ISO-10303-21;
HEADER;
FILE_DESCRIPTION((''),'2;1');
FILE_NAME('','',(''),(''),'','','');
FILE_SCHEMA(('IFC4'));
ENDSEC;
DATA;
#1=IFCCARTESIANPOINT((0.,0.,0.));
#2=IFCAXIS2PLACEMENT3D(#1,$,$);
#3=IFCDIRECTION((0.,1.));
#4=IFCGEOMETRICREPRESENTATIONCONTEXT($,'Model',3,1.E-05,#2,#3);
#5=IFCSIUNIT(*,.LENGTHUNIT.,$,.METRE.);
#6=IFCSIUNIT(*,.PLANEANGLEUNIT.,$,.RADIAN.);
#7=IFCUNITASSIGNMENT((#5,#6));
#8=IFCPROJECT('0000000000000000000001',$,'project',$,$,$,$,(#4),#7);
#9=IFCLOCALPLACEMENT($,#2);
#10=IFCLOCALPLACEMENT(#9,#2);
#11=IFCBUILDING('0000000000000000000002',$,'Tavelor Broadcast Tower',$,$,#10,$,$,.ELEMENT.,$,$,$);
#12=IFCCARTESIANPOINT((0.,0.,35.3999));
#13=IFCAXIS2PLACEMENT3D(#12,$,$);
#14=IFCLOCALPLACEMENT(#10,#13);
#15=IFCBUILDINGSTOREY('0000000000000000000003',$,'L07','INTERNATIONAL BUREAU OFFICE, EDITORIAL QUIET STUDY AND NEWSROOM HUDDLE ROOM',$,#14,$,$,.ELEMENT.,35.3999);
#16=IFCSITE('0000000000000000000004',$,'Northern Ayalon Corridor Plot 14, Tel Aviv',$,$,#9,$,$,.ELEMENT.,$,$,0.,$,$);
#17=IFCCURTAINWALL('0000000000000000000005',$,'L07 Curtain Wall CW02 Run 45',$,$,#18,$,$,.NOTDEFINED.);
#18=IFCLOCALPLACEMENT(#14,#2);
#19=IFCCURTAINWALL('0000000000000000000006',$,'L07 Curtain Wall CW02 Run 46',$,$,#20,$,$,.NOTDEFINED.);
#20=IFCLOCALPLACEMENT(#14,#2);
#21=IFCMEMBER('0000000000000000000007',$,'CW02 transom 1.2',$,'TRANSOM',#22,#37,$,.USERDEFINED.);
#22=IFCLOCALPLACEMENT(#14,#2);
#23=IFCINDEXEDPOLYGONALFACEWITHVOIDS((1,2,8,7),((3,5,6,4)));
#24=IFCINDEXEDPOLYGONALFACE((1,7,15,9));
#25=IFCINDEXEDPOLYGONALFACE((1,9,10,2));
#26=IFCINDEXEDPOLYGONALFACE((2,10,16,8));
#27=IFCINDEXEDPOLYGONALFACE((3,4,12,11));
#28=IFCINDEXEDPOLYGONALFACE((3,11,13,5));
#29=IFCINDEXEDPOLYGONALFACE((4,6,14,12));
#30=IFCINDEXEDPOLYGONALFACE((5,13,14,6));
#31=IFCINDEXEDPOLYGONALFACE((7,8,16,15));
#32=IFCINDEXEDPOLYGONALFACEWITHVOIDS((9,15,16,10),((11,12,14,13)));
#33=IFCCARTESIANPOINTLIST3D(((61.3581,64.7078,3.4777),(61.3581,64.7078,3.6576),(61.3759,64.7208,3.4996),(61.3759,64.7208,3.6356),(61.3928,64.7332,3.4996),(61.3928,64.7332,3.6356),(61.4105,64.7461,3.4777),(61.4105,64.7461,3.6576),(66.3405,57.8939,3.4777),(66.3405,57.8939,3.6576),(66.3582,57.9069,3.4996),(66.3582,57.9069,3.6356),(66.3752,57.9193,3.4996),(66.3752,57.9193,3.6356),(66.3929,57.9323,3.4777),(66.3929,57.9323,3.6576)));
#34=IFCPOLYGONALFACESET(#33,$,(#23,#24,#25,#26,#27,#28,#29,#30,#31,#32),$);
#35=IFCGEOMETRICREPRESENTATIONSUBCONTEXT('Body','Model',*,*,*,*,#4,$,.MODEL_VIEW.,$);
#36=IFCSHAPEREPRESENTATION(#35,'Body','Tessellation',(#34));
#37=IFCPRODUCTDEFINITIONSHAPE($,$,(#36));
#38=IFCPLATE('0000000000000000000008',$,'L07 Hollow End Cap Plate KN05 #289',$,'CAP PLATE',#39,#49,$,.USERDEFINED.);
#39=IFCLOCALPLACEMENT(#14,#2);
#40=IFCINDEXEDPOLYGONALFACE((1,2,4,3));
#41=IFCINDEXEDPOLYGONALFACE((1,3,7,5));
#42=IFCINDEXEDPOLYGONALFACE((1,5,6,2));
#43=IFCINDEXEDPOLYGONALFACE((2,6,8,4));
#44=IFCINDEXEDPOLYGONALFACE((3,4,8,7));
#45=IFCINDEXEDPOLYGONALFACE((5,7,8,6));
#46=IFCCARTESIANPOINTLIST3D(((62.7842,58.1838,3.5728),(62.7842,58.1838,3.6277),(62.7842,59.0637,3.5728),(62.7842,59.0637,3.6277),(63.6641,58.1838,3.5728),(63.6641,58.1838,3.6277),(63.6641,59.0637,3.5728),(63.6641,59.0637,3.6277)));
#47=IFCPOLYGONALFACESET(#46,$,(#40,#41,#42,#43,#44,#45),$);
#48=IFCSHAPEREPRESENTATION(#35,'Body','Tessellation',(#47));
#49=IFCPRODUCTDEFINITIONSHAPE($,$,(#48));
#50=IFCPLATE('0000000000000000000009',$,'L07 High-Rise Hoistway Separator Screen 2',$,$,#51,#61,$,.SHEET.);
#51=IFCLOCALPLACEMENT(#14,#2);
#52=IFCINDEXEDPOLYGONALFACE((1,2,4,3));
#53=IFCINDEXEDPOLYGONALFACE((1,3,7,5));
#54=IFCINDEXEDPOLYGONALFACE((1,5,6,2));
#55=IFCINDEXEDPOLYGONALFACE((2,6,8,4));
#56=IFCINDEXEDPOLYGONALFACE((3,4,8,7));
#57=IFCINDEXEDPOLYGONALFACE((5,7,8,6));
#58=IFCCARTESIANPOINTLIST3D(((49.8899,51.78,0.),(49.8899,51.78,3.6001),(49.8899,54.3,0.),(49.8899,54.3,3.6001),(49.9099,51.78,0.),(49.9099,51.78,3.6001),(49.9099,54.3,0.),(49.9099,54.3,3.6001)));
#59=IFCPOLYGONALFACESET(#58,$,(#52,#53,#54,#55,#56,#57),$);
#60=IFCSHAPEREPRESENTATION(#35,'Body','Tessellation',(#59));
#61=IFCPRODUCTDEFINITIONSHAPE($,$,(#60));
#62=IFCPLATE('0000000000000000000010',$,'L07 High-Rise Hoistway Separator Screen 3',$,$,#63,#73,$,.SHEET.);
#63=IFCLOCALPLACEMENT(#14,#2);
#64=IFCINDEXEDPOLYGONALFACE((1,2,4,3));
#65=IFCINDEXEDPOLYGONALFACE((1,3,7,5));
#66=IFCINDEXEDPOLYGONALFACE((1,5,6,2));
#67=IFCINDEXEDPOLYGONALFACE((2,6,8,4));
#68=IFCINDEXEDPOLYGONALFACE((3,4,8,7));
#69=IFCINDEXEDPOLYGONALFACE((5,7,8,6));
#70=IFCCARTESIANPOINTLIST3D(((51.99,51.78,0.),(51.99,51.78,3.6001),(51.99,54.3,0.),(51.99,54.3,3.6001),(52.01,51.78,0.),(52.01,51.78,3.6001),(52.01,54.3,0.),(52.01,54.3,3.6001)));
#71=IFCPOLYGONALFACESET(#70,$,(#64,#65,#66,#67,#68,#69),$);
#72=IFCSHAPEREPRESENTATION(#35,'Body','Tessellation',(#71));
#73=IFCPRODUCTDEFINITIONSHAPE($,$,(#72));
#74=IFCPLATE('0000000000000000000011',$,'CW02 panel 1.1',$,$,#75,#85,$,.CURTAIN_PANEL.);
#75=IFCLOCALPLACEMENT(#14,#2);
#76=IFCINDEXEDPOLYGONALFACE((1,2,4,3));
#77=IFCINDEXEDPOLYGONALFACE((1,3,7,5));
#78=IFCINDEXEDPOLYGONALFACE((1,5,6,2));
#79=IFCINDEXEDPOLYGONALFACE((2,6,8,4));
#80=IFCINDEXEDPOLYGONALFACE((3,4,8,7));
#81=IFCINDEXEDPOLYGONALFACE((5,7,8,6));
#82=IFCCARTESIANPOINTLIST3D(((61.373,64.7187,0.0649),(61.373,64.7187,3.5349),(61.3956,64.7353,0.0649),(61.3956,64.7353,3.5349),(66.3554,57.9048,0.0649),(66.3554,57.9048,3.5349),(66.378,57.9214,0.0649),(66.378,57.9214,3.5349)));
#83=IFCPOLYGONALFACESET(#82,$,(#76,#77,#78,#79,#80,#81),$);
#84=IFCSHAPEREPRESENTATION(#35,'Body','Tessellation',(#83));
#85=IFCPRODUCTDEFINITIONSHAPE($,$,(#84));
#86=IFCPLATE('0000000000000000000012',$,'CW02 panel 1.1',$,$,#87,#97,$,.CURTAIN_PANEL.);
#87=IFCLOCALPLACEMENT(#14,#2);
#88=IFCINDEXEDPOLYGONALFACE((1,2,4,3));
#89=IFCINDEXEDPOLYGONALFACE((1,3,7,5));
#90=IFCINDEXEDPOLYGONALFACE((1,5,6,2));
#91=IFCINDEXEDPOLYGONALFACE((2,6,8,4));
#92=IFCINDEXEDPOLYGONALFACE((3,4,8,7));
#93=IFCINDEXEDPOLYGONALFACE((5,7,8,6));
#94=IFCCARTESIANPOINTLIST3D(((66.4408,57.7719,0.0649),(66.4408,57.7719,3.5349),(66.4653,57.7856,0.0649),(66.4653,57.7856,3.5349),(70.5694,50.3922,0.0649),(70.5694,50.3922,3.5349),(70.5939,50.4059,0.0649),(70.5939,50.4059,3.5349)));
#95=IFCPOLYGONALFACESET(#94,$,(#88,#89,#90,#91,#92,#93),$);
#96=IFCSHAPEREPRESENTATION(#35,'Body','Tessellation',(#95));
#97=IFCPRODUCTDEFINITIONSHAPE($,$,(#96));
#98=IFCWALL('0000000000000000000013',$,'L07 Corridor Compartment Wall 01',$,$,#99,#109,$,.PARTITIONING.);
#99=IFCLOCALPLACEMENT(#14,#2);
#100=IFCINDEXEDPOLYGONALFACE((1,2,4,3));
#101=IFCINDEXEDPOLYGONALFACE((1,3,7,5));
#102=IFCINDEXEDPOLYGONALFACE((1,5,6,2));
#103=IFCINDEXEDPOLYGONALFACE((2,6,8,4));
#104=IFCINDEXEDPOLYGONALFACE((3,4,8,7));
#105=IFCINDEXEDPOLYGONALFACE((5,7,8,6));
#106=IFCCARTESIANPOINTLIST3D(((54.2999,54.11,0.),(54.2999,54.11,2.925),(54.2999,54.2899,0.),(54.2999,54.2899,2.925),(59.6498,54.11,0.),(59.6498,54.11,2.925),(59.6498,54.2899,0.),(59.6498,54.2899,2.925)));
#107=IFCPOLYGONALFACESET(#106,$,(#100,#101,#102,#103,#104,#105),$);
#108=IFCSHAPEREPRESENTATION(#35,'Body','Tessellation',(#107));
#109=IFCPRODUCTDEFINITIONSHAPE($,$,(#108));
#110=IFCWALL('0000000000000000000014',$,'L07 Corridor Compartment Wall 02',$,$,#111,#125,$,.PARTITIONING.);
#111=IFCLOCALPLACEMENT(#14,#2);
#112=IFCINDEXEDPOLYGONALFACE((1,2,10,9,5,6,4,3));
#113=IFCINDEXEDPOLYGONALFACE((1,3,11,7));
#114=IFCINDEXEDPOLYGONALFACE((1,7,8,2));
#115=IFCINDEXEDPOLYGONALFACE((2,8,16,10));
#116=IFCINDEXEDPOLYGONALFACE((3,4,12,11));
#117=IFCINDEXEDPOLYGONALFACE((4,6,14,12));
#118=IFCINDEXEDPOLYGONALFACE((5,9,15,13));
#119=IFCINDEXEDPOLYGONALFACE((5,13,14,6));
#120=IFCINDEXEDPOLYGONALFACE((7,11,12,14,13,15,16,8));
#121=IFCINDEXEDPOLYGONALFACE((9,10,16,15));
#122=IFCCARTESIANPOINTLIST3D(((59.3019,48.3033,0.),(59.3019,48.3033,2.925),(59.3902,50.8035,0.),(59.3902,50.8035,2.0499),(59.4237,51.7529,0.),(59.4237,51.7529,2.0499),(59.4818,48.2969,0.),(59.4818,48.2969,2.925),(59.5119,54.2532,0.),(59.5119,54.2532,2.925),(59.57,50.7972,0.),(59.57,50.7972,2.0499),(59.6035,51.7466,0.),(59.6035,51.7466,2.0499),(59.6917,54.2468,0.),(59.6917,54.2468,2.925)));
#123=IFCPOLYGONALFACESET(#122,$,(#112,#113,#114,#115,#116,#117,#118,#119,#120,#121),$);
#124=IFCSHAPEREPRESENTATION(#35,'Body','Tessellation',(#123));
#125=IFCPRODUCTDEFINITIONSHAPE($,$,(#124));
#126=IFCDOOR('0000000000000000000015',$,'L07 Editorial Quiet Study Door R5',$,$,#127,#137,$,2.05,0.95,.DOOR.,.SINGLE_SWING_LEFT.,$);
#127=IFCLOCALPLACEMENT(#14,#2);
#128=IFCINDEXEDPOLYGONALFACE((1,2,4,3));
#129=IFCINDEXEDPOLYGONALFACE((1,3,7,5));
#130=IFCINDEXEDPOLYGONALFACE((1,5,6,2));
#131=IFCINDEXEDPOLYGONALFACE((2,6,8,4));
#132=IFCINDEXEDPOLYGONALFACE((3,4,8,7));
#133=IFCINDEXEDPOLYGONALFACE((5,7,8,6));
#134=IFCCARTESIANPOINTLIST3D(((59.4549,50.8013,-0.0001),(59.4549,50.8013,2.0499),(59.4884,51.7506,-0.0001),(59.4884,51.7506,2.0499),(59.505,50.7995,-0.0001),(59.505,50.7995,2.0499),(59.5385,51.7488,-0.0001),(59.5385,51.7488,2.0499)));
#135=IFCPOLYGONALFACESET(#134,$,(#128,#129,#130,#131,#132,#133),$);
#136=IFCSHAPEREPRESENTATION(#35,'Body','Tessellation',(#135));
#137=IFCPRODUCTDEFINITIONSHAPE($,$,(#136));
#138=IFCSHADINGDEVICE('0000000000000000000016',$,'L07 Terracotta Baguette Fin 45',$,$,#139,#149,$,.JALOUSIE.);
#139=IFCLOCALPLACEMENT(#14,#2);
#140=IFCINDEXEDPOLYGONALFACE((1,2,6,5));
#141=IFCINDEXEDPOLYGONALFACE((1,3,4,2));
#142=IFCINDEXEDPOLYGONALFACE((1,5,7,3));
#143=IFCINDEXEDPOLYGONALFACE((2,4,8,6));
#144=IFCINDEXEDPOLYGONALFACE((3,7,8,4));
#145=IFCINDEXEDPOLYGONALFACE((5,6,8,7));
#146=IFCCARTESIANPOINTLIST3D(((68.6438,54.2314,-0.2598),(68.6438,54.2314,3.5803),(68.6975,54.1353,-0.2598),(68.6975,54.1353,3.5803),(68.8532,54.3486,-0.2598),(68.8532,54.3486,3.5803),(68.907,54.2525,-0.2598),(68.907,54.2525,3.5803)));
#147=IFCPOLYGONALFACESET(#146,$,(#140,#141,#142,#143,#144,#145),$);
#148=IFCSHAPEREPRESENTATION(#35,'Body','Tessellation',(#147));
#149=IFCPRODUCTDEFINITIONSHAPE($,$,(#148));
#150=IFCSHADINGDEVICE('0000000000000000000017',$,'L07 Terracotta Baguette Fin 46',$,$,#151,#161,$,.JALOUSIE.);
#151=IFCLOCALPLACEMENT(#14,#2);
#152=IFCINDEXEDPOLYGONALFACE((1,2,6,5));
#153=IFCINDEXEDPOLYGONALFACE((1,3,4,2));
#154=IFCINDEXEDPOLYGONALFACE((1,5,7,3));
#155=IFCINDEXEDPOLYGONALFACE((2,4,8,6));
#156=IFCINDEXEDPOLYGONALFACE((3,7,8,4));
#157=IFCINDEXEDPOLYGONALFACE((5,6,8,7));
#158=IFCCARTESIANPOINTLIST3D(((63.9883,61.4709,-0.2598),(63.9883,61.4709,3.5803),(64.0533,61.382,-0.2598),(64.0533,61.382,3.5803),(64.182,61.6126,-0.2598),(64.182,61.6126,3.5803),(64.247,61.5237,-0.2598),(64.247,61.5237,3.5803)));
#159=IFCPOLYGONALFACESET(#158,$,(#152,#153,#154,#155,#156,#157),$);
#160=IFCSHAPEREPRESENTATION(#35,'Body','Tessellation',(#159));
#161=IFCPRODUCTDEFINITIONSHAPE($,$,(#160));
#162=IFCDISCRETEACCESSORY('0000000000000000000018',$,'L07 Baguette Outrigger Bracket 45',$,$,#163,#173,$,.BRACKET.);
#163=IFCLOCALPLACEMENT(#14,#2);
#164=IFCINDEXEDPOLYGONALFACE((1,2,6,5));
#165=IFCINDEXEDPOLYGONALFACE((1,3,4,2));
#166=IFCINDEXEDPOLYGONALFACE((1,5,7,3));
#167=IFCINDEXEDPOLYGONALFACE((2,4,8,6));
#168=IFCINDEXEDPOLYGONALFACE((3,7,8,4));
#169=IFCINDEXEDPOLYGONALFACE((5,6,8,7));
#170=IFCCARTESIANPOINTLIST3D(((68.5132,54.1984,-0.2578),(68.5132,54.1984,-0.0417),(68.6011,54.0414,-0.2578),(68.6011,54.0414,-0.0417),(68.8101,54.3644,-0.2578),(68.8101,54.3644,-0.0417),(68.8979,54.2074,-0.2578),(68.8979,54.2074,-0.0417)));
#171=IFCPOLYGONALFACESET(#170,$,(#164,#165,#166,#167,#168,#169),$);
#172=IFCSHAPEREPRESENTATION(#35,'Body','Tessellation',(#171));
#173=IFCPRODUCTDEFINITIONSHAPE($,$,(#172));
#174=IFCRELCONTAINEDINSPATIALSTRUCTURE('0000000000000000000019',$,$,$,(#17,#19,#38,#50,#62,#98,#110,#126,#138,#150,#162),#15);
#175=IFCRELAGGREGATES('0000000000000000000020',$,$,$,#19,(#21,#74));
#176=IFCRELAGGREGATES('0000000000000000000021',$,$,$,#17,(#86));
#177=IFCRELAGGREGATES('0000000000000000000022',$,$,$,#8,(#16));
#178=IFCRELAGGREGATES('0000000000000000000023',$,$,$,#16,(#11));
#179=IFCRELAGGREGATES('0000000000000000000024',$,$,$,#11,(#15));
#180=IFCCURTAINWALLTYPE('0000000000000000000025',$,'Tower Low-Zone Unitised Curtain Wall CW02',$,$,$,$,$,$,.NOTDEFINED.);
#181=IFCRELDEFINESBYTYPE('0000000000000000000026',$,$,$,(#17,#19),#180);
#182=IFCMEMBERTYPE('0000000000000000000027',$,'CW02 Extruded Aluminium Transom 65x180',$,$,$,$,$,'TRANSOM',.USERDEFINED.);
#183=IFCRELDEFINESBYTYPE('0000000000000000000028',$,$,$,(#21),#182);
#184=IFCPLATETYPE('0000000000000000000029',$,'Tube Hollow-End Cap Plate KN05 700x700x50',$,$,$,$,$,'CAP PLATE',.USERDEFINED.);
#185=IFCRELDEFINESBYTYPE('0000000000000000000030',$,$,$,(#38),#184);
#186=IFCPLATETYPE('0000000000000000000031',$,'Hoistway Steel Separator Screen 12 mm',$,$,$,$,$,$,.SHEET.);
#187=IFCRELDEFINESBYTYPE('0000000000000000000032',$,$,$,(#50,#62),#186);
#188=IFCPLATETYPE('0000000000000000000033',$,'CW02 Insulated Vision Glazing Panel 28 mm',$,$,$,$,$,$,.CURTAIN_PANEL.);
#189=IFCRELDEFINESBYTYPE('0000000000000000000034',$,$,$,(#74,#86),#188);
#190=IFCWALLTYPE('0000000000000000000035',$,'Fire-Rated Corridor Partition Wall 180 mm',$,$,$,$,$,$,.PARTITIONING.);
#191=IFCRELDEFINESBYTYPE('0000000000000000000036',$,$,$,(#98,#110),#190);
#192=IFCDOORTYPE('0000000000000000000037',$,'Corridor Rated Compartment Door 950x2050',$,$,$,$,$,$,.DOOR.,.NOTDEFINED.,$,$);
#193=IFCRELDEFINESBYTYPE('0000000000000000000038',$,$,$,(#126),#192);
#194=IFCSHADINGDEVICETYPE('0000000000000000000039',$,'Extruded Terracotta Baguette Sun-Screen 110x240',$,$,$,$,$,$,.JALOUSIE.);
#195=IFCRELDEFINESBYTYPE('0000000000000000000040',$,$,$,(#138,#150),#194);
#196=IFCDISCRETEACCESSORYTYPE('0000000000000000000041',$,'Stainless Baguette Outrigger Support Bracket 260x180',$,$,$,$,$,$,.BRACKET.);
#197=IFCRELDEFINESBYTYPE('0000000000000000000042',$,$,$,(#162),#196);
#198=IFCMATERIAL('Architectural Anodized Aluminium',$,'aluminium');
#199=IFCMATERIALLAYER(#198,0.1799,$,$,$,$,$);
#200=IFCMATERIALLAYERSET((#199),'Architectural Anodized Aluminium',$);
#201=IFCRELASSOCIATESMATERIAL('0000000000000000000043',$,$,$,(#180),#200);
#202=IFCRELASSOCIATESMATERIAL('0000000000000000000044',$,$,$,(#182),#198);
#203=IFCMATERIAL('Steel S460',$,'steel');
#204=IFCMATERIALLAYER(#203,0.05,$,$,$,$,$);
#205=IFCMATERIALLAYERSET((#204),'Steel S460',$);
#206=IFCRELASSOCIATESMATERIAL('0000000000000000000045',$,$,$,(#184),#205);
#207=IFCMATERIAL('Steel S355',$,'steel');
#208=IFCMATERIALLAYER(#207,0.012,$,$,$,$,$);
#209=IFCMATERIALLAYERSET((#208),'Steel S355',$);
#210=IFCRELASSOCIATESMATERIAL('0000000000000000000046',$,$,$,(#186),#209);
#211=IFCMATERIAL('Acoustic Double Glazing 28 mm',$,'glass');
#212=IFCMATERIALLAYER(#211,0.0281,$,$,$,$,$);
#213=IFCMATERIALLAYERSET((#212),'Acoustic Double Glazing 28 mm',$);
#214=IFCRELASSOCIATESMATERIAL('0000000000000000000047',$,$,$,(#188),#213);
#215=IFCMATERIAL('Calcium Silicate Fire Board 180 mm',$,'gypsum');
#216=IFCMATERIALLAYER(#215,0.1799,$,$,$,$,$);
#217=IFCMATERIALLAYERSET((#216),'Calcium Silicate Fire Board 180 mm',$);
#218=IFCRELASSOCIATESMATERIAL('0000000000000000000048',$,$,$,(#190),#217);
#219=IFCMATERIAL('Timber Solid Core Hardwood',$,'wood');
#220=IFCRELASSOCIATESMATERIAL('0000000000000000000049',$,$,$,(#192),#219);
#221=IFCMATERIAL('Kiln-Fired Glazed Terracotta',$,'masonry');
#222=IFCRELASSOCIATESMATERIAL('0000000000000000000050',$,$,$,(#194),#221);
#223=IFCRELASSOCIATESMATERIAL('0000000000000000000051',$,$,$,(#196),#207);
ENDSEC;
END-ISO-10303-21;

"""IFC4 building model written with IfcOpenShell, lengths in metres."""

from ifc_helpers import new_model, si_unit, direction, frame, frame_2d, origin, origin_2d, place, context, subcontext, project, spatial, rectangle, hollow_rectangle, extrude, source, transform, mapped, material, layer, layer_set, material_profile, profile_set, type_object, type_shapes, element, fill, aggregate, save


model = new_model("IFC4")

# Units and contexts
model_context = context("Model", 3, precision=1e-05, world=origin(), true_north=direction((0.0, 1.0)))
body_context = subcontext(model_context, "Body", "Model", "MODEL_VIEW")
ifc_project = project(units=[si_unit("LENGTHUNIT", "METRE"), si_unit("PLANEANGLEUNIT", "RADIAN")], contexts=[model_context])

# Site, building, storey
site_placement = place(None, origin())
site = spatial("IfcSite", under=ifc_project, at=site_placement, Name="Northern Ayalon Corridor Plot 14, Tel Aviv", CompositionType="ELEMENT", RefElevation=0.0)
building_placement = place(site_placement, origin())
building = spatial("IfcBuilding", under=site, at=building_placement, Name="Tavelor Broadcast Tower", CompositionType="ELEMENT")
storey_placement = place(building_placement, frame((0.0, 0.0, 35.3999)))
storey = spatial("IfcBuildingStorey", under=building, at=storey_placement, Name="L07", Description="INTERNATIONAL BUREAU OFFICE, EDITORIAL QUIET STUDY AND NEWSROOM HUDDLE ROOM", CompositionType="ELEMENT", Elevation=35.3999)

# Shared definitions
ifc_material_1 = material(Name="Steel S460", Category="steel")

# Shared definitions
ifc_material_2 = material(Name="Steel S355", Category="steel")

# Curtain wall
ifc_material_3 = material(Name="Architectural Anodized Aluminium", Category="aluminium")
ifc_layer_1 = layer(ifc_material_3, 0.1799)
ifc_layer_set_1 = layer_set([ifc_layer_1], Name="Architectural Anodized Aluminium")
curtain_wall_type = type_object("IfcCurtainWallType", Name="Tower Low-Zone Unitised Curtain Wall CW02", PredefinedType="NOTDEFINED", material=ifc_layer_set_1)
curtain_wall_1_placement = place(storey_placement, origin())
curtain_wall_1 = element("IfcCurtainWall", 1, at=curtain_wall_1_placement, inside=storey, type_object=curtain_wall_type, Name="L07 Curtain Wall CW02 Run 45", PredefinedType="NOTDEFINED")

# Curtain wall, member
curtain_wall_2_placement = place(storey_placement, origin())
curtain_wall_2 = element("IfcCurtainWall", 2, at=curtain_wall_2_placement, inside=storey, type_object=curtain_wall_type, Name="L07 Curtain Wall CW02 Run 46", PredefinedType="NOTDEFINED")
ifc_material_profile_1 = material_profile(ifc_material_3, hollow_rectangle(XDim=0.0649, YDim=0.1799, WallThickness=0.022, at=origin_2d()), Name="RHS 65x180x22")
ifc_profile_set_1 = profile_set([ifc_material_profile_1], Name="Architectural Anodized Aluminium")
member_type_1 = type_object("IfcMemberType", Name="CW02 Extruded Aluminium Transom 65x180", ElementType="TRANSOM", PredefinedType="USERDEFINED", material=ifc_profile_set_1)
shared_shape_1 = source(origin(), body_context, "Body", "SweptSolid", [
    extrude(hollow_rectangle(XDim=0.0649, YDim=0.1799, WallThickness=0.022, at=origin_2d()), origin(), (0.0, 0.0, 1.0), 8.4412),
])
type_shapes(member_type_1, [shared_shape_1])
member_1_placement = place(storey_placement, frame((66.3667, 57.9131, 3.5676), z_axis=(-0.590247, 0.807223, 0.0), x_axis=(-0.807223, -0.590247, 0.0)))
member_1 = element("IfcMember", 3, at=member_1_placement, type_object=member_type_1, Name="CW02 transom 1.2", ObjectType="TRANSOM", PredefinedType="USERDEFINED", context=body_context, shape_type="MappedRepresentation", body=[
    mapped(shared_shape_1, transform((0.0, 0.0, 0.0), scale=1.0)),
])

# Plates
ifc_layer_2 = layer(ifc_material_1, 0.05)
ifc_layer_set_2 = layer_set([ifc_layer_2], Name="Steel S460")
plate_type_1 = type_object("IfcPlateType", Name="Tube Hollow-End Cap Plate KN05 700x700x50", ElementType="CAP PLATE", PredefinedType="USERDEFINED", material=ifc_layer_set_2)
shared_shape_2 = source(origin(), body_context, "Body", "SweptSolid", [
    extrude(rectangle(XDim=0.8799, YDim=0.8799, at=origin_2d()), origin(), (0.0, 0.0, 1.0), 0.0549),
])
type_shapes(plate_type_1, [shared_shape_2])
plate_1_placement = place(storey_placement, frame((63.2241, 58.6238, 3.5728), z_axis=(0.0, 0.0, 1.0), x_axis=(1.0, 0.0, 0.0)))
element("IfcPlate", 4, at=plate_1_placement, inside=storey, type_object=plate_type_1, Name="L07 Hollow End Cap Plate KN05 #289", ObjectType="CAP PLATE", PredefinedType="USERDEFINED", context=body_context, shape_type="MappedRepresentation", body=[
    mapped(shared_shape_2, transform((0.0, 0.0, 0.0), scale=1.0)),
])
ifc_layer_3 = layer(ifc_material_2, 0.012)
ifc_layer_set_3 = layer_set([ifc_layer_3], Name="Steel S355")
plate_type_2 = type_object("IfcPlateType", Name="Hoistway Steel Separator Screen 12 mm", PredefinedType="SHEET", material=ifc_layer_set_3)
shared_shape_3 = source(origin(), body_context, "Body", "SweptSolid", [
    extrude(rectangle(XDim=0.02, YDim=2.52, at=origin_2d()), origin(), (0.0, 0.0, 1.0), 3.6001),
])
type_shapes(plate_type_2, [shared_shape_3])
for number, where, z_axis, x_axis, name in (
    (5, (49.8999, 53.04, 0.0), (0.0, 0.0, 1.0), (1.0, 0.0, 0.0), "L07 High-Rise Hoistway Separator Screen 2"),
    (6, (52.0, 53.04, 0.0), (0.0, 0.0, 1.0), (1.0, 0.0, 0.0), "L07 High-Rise Hoistway Separator Screen 3"),
):
    element("IfcPlate", number, at=place(storey_placement, frame(where, z_axis=z_axis, x_axis=x_axis)), inside=storey, type_object=plate_type_2, Name=name, PredefinedType="SHEET", context=body_context, shape_type="MappedRepresentation", body=[
        mapped(shared_shape_3, transform((0.0, 0.0, 0.0), scale=1.0)),
    ])

# Plates
ifc_material_4 = material(Name="Acoustic Double Glazing 28 mm", Category="glass")
ifc_layer_4 = layer(ifc_material_4, 0.0281)
ifc_layer_set_4 = layer_set([ifc_layer_4], Name="Acoustic Double Glazing 28 mm")
plate_type_3 = type_object("IfcPlateType", Name="CW02 Insulated Vision Glazing Panel 28 mm", PredefinedType="CURTAIN_PANEL", material=ifc_layer_set_4)
shared_shape_4 = source(origin(), body_context, "Body", "SweptSolid", [
    extrude(rectangle(XDim=8.4412, YDim=0.0281, at=origin_2d()), origin(), (0.0, 0.0, 1.0), 3.47),
])
plate_2_placement = place(storey_placement, frame((63.8755, 61.3201, 0.0649), z_axis=(0.0, 0.0, 1.0), x_axis=(-0.590251, 0.80722, 0.0)))
plate_2 = element("IfcPlate", 7, at=plate_2_placement, type_object=plate_type_3, Name="CW02 panel 1.1", PredefinedType="CURTAIN_PANEL", context=body_context, shape_type="MappedRepresentation", body=[
    mapped(shared_shape_4, transform((0.0, 0.0, 0.0), scale=1.0)),
])
aggregate(curtain_wall_2, [member_1, plate_2])
shared_shape_5 = source(origin(), body_context, "Body", "SweptSolid", [
    extrude(rectangle(XDim=8.4561, YDim=0.0281, at=origin_2d()), origin(), (0.0, 0.0, 1.0), 3.47),
])
type_shapes(plate_type_3, [shared_shape_4, shared_shape_5])
plate_3_placement = place(storey_placement, frame((68.5173, 54.0889, 0.0649), z_axis=(0.0, 0.0, 1.0), x_axis=(-0.488241, 0.872709, 0.0)))
plate_3 = element("IfcPlate", 8, at=plate_3_placement, type_object=plate_type_3, Name="CW02 panel 1.1", PredefinedType="CURTAIN_PANEL", context=body_context, shape_type="MappedRepresentation", body=[
    mapped(shared_shape_5, transform((0.0, 0.0, 0.0), scale=1.0)),
])
aggregate(curtain_wall_1, [plate_3])

# Wall
ifc_material_5 = material(Name="Calcium Silicate Fire Board 180 mm", Category="gypsum")
ifc_layer_5 = layer(ifc_material_5, 0.1799)
ifc_layer_set_5 = layer_set([ifc_layer_5], Name="Calcium Silicate Fire Board 180 mm")
wall_type = type_object("IfcWallType", Name="Fire-Rated Corridor Partition Wall 180 mm", PredefinedType="PARTITIONING", material=ifc_layer_set_5)
wall_1_placement = place(storey_placement, frame((54.3, 54.2, 0.0), z_axis=(0.0, 0.0, 1.0), x_axis=(1.0, 0.0, 0.0)))
element("IfcWall", 9, at=wall_1_placement, inside=storey, type_object=wall_type, Name="L07 Corridor Compartment Wall 01", PredefinedType="PARTITIONING", context=body_context, shape_type="SweptSolid", body=[
    extrude(rectangle(XDim=5.3499, YDim=0.1799, at=frame_2d((2.6748, 0.0))), origin(), (0.0, 0.0, 1.0), 2.925),
])

# Wall, opening, door
wall_2_placement = place(storey_placement, frame((59.6018, 54.25, 0.0), z_axis=(0.0, 0.0, 1.0), x_axis=(-0.035266, -0.999378, 0.0)))
wall_2 = element("IfcWall", 10, at=wall_2_placement, inside=storey, type_object=wall_type, Name="L07 Corridor Compartment Wall 02", PredefinedType="PARTITIONING", context=body_context, shape_type="SweptSolid", body=[
    extrude(rectangle(XDim=5.9536, YDim=0.1799, at=frame_2d((2.9768, 0.0))), origin(), (0.0, 0.0, 1.0), 2.925),
])
opening_placement = place(wall_2_placement, frame((2.5017, 0.0, 0.0)))
opening = element("IfcOpeningElement", 11, at=opening_placement, cuts=wall_2, PredefinedType="OPENING", context=body_context, shape_type="SweptSolid", body=[
    extrude(rectangle(XDim=0.95, YDim=2.05, at=frame_2d((0.4751, 1.0249))), frame((0.0, 0.1001, 0.0), z_axis=(0.0, -1.0, 0.0), x_axis=(1.0, 0.0, 0.0)), (0.0, 0.0, 1.0), 0.2),
])
ifc_material_6 = material(Name="Timber Solid Core Hardwood", Category="wood")
door_type = type_object("IfcDoorType", Name="Corridor Rated Compartment Door 950x2050", OperationType="NOTDEFINED", PredefinedType="DOOR", material=ifc_material_6)
door_placement = place(opening_placement, origin())
door = element("IfcDoor", 12, at=door_placement, inside=storey, type_object=door_type, Name="L07 Editorial Quiet Study Door R5", OperationType="SINGLE_SWING_LEFT", OverallHeight=2.05, OverallWidth=0.95, PredefinedType="DOOR", context=body_context, shape_type="SweptSolid", body=[
    extrude(rectangle(XDim=0.95, YDim=2.05, at=frame_2d((0.4751, 1.0249))), frame((0.0, 0.0249, 0.0), z_axis=(0.0, -1.0, 0.0), x_axis=(1.0, 0.0, 0.0)), (0.0, 0.0, 1.0), 0.05),
])
fill(opening, door)

# Shading devices
ifc_material_7 = material(Name="Kiln-Fired Glazed Terracotta", Category="masonry")
shading_device_type = type_object("IfcShadingDeviceType", Name="Extruded Terracotta Baguette Sun-Screen 110x240", PredefinedType="JALOUSIE", material=ifc_material_7)
shared_shape_6 = source(origin(), body_context, "Body", "SweptSolid", [
    extrude(rectangle(XDim=0.1101, YDim=0.24, at=origin_2d()), origin(), (0.0, 0.0, 1.0), 3.8401),
])
type_shapes(shading_device_type, [shared_shape_6])
for number, where, z_axis, x_axis, name in (
    (13, (68.7754, 54.2419, -0.2598), (0.0, 0.0, 1.0), (-0.488164, 0.872752, 0.0), "L07 Terracotta Baguette Fin 45"),
    (14, (64.1177, 61.4973, -0.2598), (0.0, 0.0, 1.0), (-0.590324, 0.807166, 0.0), "L07 Terracotta Baguette Fin 46"),
):
    element("IfcShadingDevice", number, at=place(storey_placement, frame(where, z_axis=z_axis, x_axis=x_axis)), inside=storey, type_object=shading_device_type, Name=name, PredefinedType="JALOUSIE", context=body_context, shape_type="MappedRepresentation", body=[
        mapped(shared_shape_6, transform((0.0, 0.0, 0.0), scale=1.0)),
    ])

# Discrete accessory
discrete_accessory_type = type_object("IfcDiscreteAccessoryType", Name="Stainless Baguette Outrigger Support Bracket 260x180", PredefinedType="BRACKET", material=ifc_material_2)
shared_shape_7 = source(origin(), body_context, "Body", "SweptSolid", [
    extrude(rectangle(XDim=0.1799, YDim=0.3401, at=origin_2d()), origin(), (0.0, 0.0, 1.0), 0.2161),
])
type_shapes(discrete_accessory_type, [shared_shape_7])
for number, where, z_axis, x_axis, name in (
    (15, (68.7056, 54.2029, -0.2578), (0.0, 0.0, 1.0), (-0.488164, 0.872752, 0.0), "L07 Baguette Outrigger Bracket 45"),
):
    element("IfcDiscreteAccessory", number, at=place(storey_placement, frame(where, z_axis=z_axis, x_axis=x_axis)), inside=storey, type_object=discrete_accessory_type, Name=name, PredefinedType="BRACKET", context=body_context, shape_type="MappedRepresentation", body=[
        mapped(shared_shape_7, transform((0.0, 0.0, 0.0), scale=1.0)),
    ])

save(model, "model.ifc")
